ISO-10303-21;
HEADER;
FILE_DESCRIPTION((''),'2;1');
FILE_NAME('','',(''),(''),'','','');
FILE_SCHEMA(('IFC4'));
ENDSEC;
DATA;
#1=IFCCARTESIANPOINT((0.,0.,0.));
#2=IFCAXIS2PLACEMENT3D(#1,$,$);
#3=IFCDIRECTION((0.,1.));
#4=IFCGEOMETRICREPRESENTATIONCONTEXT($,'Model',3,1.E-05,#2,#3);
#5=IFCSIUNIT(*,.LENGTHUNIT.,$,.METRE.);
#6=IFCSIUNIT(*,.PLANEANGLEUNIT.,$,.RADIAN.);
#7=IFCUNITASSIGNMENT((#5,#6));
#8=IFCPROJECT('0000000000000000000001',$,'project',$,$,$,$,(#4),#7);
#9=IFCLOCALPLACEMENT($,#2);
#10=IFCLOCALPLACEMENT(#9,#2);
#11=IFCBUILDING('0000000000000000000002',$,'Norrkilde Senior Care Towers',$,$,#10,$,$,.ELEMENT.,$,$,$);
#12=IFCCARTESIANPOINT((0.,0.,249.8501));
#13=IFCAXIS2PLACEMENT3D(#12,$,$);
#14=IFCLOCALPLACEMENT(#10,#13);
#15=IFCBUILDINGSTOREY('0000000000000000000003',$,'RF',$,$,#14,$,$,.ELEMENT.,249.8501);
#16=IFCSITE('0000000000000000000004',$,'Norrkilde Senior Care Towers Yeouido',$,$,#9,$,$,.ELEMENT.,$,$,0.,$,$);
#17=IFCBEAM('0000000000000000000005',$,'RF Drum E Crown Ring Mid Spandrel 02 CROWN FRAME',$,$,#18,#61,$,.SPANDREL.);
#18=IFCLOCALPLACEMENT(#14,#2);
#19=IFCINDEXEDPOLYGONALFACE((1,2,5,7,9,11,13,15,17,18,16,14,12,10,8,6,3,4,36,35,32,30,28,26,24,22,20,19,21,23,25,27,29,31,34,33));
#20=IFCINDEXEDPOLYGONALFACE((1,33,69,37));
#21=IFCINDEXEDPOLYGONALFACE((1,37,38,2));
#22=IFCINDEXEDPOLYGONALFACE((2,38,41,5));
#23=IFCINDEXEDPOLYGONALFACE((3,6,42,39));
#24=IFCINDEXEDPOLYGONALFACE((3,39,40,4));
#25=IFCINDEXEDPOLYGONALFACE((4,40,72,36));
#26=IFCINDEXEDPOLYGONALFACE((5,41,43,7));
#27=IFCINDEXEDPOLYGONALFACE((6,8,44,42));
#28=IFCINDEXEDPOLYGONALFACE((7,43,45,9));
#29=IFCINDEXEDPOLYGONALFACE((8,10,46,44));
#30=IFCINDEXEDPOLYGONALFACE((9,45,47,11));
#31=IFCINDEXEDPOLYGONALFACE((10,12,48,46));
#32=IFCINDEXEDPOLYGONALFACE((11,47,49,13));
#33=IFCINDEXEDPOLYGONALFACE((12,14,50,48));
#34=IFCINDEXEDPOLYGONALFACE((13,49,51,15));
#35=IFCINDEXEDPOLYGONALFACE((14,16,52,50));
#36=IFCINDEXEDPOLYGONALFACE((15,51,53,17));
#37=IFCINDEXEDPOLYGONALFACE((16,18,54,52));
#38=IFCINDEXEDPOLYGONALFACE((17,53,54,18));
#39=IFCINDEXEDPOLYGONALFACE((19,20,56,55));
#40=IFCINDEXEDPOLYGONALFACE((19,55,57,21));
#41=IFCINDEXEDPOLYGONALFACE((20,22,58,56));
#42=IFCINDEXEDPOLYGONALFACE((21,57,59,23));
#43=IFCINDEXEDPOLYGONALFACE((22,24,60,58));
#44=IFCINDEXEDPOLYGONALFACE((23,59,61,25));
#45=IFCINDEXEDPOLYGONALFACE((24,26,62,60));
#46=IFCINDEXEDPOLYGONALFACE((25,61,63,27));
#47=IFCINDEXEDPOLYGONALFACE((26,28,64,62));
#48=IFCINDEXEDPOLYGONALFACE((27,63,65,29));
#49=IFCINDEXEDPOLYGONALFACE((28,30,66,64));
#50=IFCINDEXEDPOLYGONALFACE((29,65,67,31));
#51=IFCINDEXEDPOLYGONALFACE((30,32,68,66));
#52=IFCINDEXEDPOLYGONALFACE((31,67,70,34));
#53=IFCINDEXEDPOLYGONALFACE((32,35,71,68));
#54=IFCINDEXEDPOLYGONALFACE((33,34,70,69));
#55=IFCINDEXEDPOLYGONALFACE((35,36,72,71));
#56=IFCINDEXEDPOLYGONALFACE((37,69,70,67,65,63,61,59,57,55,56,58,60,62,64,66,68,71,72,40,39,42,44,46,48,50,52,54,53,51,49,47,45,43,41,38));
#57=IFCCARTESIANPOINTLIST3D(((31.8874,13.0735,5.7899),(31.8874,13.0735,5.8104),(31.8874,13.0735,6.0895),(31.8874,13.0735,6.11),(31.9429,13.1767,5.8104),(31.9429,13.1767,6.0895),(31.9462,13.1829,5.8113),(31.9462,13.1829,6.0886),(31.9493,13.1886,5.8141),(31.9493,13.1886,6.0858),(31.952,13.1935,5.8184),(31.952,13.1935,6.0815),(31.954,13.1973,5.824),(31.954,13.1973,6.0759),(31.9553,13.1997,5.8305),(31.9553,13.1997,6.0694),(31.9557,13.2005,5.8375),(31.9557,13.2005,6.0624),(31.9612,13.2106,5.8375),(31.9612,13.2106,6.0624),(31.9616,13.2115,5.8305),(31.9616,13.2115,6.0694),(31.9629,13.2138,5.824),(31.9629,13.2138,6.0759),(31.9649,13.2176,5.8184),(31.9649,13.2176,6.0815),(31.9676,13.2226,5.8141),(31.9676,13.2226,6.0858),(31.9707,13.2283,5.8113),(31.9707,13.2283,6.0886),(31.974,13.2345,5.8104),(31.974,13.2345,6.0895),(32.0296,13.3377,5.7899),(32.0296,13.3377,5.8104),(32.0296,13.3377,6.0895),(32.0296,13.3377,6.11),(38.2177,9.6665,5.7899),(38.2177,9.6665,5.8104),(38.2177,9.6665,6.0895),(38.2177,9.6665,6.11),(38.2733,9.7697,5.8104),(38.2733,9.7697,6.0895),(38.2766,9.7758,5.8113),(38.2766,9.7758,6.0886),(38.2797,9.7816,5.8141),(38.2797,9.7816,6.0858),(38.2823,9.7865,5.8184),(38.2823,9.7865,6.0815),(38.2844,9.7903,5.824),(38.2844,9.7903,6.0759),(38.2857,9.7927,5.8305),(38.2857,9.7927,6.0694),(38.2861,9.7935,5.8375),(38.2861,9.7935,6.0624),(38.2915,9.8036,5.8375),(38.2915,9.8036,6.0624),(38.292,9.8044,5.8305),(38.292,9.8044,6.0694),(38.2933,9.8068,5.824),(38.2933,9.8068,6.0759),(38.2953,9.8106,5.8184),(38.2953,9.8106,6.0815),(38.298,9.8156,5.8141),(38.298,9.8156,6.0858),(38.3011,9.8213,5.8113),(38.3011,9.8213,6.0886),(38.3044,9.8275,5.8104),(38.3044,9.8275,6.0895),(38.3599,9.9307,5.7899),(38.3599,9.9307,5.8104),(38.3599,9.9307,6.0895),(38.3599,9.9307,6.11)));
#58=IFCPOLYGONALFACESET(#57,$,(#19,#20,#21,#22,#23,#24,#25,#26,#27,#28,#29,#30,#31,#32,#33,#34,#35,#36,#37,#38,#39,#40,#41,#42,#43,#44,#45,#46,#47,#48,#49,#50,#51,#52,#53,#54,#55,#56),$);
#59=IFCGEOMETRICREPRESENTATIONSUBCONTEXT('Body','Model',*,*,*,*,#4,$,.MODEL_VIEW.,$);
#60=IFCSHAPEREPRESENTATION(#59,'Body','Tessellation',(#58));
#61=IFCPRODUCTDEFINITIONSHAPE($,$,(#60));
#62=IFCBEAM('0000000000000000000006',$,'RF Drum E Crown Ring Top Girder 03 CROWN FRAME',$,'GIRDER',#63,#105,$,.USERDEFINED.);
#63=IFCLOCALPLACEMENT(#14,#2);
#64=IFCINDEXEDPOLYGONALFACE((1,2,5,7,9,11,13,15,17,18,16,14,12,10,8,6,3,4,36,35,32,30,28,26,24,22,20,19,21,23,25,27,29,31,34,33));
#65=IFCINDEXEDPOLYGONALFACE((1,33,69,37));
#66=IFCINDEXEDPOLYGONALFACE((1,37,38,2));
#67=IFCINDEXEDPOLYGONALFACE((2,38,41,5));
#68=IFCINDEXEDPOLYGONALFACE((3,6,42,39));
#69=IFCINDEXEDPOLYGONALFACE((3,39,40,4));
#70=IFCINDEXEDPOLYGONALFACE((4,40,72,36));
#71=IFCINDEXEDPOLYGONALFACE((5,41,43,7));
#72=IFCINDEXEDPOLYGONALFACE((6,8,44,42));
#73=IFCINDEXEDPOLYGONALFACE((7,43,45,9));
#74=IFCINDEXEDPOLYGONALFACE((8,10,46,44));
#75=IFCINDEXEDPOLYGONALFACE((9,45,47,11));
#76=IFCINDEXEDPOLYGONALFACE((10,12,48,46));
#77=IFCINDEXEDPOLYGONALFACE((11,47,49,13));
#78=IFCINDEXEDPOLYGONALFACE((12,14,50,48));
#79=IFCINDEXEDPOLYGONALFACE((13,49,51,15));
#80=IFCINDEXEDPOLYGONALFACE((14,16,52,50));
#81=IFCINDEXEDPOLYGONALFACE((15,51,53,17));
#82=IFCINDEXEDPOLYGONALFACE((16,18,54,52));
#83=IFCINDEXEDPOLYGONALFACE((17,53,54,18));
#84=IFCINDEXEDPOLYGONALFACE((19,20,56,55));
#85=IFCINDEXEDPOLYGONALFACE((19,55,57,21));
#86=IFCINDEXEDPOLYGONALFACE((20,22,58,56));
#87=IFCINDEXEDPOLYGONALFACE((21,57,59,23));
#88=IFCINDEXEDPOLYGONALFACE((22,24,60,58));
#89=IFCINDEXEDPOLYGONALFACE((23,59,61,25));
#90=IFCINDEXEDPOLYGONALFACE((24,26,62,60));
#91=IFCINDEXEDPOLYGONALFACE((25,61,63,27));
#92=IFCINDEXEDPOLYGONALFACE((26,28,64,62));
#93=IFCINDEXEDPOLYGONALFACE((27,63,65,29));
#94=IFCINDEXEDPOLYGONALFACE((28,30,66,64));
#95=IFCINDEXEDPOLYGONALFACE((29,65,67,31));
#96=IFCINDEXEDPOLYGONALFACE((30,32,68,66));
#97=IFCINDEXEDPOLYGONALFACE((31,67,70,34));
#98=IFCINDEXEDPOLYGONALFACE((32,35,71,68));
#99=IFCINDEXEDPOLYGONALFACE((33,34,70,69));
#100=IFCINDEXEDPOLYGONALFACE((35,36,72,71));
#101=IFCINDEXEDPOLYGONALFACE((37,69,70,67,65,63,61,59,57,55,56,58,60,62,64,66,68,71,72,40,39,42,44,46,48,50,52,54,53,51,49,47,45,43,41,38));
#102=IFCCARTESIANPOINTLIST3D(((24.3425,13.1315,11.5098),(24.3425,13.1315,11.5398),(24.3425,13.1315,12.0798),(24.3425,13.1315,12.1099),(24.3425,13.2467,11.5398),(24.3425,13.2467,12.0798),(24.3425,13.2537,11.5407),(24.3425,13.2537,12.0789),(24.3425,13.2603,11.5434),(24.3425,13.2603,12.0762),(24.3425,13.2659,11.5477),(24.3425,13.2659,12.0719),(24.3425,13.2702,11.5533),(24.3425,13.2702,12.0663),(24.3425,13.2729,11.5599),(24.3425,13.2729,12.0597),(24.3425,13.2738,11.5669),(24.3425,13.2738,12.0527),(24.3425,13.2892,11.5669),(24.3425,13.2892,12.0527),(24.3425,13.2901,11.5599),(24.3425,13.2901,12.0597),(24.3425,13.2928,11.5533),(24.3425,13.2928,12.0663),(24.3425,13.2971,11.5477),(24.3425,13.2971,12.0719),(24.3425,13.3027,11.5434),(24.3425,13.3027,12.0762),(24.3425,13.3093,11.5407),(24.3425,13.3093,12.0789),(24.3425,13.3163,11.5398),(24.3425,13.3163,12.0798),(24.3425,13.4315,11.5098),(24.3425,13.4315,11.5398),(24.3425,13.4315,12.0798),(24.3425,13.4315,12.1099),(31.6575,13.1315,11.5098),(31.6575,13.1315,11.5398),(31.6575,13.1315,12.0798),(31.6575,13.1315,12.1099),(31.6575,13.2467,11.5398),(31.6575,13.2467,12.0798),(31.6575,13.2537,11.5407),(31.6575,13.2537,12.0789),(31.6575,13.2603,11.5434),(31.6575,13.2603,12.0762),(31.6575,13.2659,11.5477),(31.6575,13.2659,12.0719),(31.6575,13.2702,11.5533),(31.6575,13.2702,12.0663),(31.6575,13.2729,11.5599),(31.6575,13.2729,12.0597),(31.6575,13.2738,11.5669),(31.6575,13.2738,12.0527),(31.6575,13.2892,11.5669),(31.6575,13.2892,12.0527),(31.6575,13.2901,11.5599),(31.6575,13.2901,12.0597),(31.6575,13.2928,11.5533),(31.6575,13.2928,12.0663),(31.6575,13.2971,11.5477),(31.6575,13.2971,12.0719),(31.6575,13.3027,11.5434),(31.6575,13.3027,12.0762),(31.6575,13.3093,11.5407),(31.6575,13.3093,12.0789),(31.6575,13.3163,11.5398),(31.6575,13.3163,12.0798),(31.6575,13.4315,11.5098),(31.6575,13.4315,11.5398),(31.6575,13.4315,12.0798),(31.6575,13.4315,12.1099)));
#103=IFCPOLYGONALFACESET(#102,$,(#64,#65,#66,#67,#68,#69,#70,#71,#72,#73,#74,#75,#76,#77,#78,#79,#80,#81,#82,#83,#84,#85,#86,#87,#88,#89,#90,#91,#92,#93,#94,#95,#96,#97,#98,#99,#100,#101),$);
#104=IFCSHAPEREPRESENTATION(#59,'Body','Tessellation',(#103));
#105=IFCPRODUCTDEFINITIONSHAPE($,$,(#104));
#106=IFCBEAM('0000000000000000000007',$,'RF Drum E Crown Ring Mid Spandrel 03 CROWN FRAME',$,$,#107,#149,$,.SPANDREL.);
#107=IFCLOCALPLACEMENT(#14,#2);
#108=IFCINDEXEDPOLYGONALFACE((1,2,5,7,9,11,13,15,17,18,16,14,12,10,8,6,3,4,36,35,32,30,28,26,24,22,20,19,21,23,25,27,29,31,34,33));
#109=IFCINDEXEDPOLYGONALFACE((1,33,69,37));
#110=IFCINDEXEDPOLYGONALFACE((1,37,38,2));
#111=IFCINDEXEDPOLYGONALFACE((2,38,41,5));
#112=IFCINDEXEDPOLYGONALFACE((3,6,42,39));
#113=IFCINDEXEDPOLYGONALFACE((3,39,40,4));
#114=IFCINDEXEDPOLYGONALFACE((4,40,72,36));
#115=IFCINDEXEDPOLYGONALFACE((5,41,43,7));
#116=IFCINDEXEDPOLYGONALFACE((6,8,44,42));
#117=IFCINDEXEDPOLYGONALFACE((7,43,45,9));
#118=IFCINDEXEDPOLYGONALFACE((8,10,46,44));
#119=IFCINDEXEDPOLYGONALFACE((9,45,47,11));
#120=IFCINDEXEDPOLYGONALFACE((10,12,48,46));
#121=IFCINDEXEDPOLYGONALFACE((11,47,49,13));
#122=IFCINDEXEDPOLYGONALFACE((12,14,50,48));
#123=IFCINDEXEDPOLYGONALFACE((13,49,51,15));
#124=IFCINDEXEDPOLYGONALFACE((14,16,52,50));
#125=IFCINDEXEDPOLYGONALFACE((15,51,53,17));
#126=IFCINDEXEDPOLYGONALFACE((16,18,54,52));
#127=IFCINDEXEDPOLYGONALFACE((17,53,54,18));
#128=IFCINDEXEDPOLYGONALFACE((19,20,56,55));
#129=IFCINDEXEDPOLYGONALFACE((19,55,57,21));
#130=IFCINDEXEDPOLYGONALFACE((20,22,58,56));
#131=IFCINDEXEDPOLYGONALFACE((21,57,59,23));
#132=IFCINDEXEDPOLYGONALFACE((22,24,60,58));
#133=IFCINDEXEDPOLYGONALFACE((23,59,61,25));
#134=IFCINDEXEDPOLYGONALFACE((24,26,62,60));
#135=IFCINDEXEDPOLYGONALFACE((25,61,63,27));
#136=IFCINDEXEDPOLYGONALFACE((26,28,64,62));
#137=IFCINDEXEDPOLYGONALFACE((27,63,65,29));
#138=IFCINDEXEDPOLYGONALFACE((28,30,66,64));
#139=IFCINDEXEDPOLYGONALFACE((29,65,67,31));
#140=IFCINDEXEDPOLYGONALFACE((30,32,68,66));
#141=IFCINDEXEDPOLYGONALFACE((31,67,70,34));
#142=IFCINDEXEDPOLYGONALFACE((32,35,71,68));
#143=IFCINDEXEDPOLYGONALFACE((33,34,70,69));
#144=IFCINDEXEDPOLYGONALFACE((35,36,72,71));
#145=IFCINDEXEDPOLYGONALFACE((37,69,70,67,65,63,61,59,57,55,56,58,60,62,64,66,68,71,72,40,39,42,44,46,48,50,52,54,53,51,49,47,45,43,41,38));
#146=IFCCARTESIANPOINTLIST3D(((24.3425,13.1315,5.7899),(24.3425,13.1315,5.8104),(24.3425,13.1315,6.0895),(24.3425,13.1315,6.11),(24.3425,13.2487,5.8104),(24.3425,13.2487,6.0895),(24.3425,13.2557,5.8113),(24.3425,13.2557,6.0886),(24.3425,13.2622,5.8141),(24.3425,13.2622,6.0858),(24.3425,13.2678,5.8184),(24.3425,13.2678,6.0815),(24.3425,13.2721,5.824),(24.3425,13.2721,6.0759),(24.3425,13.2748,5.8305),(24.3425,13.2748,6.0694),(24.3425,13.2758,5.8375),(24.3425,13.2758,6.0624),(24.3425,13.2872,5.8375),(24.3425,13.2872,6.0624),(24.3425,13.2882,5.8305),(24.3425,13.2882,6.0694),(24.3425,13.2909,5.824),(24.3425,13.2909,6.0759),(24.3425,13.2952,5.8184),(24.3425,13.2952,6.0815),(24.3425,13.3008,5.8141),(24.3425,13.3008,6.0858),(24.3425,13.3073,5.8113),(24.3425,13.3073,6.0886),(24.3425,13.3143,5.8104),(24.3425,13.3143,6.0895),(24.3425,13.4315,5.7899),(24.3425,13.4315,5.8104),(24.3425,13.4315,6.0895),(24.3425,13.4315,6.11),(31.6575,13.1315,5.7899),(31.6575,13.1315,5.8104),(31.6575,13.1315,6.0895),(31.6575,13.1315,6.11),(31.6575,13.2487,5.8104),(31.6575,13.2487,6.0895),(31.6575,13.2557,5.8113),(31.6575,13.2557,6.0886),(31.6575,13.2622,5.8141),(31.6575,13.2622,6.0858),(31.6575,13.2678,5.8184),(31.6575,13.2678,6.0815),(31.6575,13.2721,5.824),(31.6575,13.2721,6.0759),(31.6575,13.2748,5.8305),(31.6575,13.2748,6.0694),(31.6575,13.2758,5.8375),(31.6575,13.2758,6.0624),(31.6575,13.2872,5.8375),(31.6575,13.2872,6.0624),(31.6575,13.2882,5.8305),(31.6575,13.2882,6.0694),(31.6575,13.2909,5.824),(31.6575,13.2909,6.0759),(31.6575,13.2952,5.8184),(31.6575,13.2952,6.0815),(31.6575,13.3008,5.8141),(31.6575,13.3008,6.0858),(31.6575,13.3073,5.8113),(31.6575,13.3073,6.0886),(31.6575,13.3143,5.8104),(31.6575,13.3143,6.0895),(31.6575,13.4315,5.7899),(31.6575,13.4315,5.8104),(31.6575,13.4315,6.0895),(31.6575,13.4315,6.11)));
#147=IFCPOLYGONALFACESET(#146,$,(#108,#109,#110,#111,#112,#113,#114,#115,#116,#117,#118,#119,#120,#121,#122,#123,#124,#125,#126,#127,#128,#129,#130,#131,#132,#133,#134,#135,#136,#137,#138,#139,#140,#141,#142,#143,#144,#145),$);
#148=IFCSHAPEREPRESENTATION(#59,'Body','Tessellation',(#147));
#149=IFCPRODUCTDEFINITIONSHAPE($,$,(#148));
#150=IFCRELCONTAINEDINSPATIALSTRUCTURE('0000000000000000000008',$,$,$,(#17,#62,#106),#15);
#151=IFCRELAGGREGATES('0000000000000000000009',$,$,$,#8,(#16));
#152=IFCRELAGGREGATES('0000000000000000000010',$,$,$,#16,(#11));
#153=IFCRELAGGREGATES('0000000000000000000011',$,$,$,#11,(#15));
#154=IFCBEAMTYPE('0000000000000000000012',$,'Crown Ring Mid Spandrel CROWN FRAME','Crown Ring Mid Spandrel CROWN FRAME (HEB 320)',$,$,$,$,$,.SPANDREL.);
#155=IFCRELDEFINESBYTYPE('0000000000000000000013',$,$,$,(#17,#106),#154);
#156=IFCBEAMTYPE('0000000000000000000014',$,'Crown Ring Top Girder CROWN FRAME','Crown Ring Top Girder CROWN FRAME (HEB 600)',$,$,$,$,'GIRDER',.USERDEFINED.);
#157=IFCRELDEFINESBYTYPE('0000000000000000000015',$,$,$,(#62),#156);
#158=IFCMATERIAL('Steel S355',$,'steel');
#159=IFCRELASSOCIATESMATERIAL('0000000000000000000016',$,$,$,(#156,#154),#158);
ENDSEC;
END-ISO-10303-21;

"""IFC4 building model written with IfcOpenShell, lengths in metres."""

from ifc_helpers import new_model, si_unit, direction, frame, origin, origin_2d, place, context, subcontext, project, spatial, i_section, extrude, source, transform, mapped, material, material_profile, profile_set, type_object, type_shapes, element, save


model = new_model("IFC4")

# Units and contexts
model_context = context("Model", 3, precision=1e-05, world=origin(), true_north=direction((0.0, 1.0)))
body_context = subcontext(model_context, "Body", "Model", "MODEL_VIEW")
ifc_project = project(units=[si_unit("LENGTHUNIT", "METRE"), si_unit("PLANEANGLEUNIT", "RADIAN")], contexts=[model_context])

# Site, building, storey
site_placement = place(None, origin())
site = spatial("IfcSite", under=ifc_project, at=site_placement, Name="Norrkilde Senior Care Towers Yeouido", CompositionType="ELEMENT", RefElevation=0.0)
building_placement = place(site_placement, origin())
building = spatial("IfcBuilding", under=site, at=building_placement, Name="Norrkilde Senior Care Towers", CompositionType="ELEMENT")
storey_placement = place(building_placement, frame((0.0, 0.0, 249.8501)))
storey = spatial("IfcBuildingStorey", under=building, at=storey_placement, Name="RF", CompositionType="ELEMENT", Elevation=249.8501)

# Shared definitions
ifc_material_1 = material(Name="Steel S355", Category="steel")

# Beams
ifc_material_profile_1 = material_profile(ifc_material_1, i_section(OverallWidth=0.3, OverallDepth=0.6001, WebThickness=0.0154, FlangeThickness=0.03, FilletRadius=0.0271, at=origin_2d()), Name="HEB 600")
ifc_profile_set_1 = profile_set([ifc_material_profile_1], Name="Steel S355")
beam_type_1 = type_object("IfcBeamType", Name="Crown Ring Top Girder CROWN FRAME", Description="Crown Ring Top Girder CROWN FRAME (HEB 600)", ElementType="GIRDER", PredefinedType="USERDEFINED", material=ifc_profile_set_1)
ifc_material_profile_2 = material_profile(ifc_material_1, i_section(OverallWidth=0.3, OverallDepth=0.3201, WebThickness=0.0115, FlangeThickness=0.0205, FilletRadius=0.0271, at=origin_2d()), Name="HEB 320")
ifc_profile_set_2 = profile_set([ifc_material_profile_2], Name="Steel S355")
beam_type_2 = type_object("IfcBeamType", Name="Crown Ring Mid Spandrel CROWN FRAME", Description="Crown Ring Mid Spandrel CROWN FRAME (HEB 320)", PredefinedType="SPANDREL", material=ifc_profile_set_2)
shared_shape_1 = source(origin(), body_context, "Body", "SweptSolid", [
    extrude(i_section(OverallWidth=0.3, OverallDepth=0.3201, WebThickness=0.0115, FlangeThickness=0.0205, FilletRadius=0.0271, at=origin_2d()), origin(), (0.0, 0.0, 1.0), 7.189),
])
beam_1_placement = place(storey_placement, frame((38.2888, 9.7986, 5.95), z_axis=(-0.880567, 0.473922, 0.0), x_axis=(-0.473922, -0.880567, 0.0)))
element("IfcBeam", 1, at=beam_1_placement, inside=storey, type_object=beam_type_2, Name="RF Drum E Crown Ring Mid Spandrel 02 CROWN FRAME", PredefinedType="SPANDREL", context=body_context, shape_type="MappedRepresentation", body=[
    mapped(shared_shape_1, transform((0.0, 0.0, 0.0), x_axis=(1.0, 0.0, 0.0), y_axis=(0.0, 1.0, 0.0), z_axis=(0.0, 0.0, 1.0), scale=1.0)),
])
shared_shape_2 = source(origin(), body_context, "Body", "SweptSolid", [
    extrude(i_section(OverallWidth=0.3, OverallDepth=0.6001, WebThickness=0.0154, FlangeThickness=0.03, FilletRadius=0.0271, at=origin_2d()), origin(), (0.0, 0.0, 1.0), 7.3149),
])
beam_2_placement = place(storey_placement, frame((31.6575, 13.2815, 11.8098), z_axis=(-1.0, 0.0, 0.0), x_axis=(0.0, -1.0, 0.0)))
element("IfcBeam", 2, at=beam_2_placement, inside=storey, type_object=beam_type_1, Name="RF Drum E Crown Ring Top Girder 03 CROWN FRAME", ObjectType="GIRDER", PredefinedType="USERDEFINED", context=body_context, shape_type="MappedRepresentation", body=[
    mapped(shared_shape_2, transform((0.0, 0.0, 0.0), x_axis=(1.0, 0.0, 0.0), y_axis=(0.0, 1.0, 0.0), z_axis=(0.0, 0.0, 1.0), scale=1.0)),
])
shared_shape_3 = source(origin(), body_context, "Body", "SweptSolid", [
    extrude(i_section(OverallWidth=0.3, OverallDepth=0.3201, WebThickness=0.0115, FlangeThickness=0.0205, FilletRadius=0.0271, at=origin_2d()), origin(), (0.0, 0.0, 1.0), 7.3149),
])
type_shapes(beam_type_2, [shared_shape_1, shared_shape_3])
beam_3_placement = place(storey_placement, frame((31.6575, 13.2815, 5.95), z_axis=(-1.0, 0.0, 0.0), x_axis=(0.0, -1.0, 0.0)))
element("IfcBeam", 3, at=beam_3_placement, inside=storey, type_object=beam_type_2, Name="RF Drum E Crown Ring Mid Spandrel 03 CROWN FRAME", PredefinedType="SPANDREL", context=body_context, shape_type="MappedRepresentation", body=[
    mapped(shared_shape_3, transform((0.0, 0.0, 0.0), x_axis=(1.0, 0.0, 0.0), y_axis=(0.0, 1.0, 0.0), z_axis=(0.0, 0.0, 1.0), scale=1.0)),
])

save(model, "model.ifc")
